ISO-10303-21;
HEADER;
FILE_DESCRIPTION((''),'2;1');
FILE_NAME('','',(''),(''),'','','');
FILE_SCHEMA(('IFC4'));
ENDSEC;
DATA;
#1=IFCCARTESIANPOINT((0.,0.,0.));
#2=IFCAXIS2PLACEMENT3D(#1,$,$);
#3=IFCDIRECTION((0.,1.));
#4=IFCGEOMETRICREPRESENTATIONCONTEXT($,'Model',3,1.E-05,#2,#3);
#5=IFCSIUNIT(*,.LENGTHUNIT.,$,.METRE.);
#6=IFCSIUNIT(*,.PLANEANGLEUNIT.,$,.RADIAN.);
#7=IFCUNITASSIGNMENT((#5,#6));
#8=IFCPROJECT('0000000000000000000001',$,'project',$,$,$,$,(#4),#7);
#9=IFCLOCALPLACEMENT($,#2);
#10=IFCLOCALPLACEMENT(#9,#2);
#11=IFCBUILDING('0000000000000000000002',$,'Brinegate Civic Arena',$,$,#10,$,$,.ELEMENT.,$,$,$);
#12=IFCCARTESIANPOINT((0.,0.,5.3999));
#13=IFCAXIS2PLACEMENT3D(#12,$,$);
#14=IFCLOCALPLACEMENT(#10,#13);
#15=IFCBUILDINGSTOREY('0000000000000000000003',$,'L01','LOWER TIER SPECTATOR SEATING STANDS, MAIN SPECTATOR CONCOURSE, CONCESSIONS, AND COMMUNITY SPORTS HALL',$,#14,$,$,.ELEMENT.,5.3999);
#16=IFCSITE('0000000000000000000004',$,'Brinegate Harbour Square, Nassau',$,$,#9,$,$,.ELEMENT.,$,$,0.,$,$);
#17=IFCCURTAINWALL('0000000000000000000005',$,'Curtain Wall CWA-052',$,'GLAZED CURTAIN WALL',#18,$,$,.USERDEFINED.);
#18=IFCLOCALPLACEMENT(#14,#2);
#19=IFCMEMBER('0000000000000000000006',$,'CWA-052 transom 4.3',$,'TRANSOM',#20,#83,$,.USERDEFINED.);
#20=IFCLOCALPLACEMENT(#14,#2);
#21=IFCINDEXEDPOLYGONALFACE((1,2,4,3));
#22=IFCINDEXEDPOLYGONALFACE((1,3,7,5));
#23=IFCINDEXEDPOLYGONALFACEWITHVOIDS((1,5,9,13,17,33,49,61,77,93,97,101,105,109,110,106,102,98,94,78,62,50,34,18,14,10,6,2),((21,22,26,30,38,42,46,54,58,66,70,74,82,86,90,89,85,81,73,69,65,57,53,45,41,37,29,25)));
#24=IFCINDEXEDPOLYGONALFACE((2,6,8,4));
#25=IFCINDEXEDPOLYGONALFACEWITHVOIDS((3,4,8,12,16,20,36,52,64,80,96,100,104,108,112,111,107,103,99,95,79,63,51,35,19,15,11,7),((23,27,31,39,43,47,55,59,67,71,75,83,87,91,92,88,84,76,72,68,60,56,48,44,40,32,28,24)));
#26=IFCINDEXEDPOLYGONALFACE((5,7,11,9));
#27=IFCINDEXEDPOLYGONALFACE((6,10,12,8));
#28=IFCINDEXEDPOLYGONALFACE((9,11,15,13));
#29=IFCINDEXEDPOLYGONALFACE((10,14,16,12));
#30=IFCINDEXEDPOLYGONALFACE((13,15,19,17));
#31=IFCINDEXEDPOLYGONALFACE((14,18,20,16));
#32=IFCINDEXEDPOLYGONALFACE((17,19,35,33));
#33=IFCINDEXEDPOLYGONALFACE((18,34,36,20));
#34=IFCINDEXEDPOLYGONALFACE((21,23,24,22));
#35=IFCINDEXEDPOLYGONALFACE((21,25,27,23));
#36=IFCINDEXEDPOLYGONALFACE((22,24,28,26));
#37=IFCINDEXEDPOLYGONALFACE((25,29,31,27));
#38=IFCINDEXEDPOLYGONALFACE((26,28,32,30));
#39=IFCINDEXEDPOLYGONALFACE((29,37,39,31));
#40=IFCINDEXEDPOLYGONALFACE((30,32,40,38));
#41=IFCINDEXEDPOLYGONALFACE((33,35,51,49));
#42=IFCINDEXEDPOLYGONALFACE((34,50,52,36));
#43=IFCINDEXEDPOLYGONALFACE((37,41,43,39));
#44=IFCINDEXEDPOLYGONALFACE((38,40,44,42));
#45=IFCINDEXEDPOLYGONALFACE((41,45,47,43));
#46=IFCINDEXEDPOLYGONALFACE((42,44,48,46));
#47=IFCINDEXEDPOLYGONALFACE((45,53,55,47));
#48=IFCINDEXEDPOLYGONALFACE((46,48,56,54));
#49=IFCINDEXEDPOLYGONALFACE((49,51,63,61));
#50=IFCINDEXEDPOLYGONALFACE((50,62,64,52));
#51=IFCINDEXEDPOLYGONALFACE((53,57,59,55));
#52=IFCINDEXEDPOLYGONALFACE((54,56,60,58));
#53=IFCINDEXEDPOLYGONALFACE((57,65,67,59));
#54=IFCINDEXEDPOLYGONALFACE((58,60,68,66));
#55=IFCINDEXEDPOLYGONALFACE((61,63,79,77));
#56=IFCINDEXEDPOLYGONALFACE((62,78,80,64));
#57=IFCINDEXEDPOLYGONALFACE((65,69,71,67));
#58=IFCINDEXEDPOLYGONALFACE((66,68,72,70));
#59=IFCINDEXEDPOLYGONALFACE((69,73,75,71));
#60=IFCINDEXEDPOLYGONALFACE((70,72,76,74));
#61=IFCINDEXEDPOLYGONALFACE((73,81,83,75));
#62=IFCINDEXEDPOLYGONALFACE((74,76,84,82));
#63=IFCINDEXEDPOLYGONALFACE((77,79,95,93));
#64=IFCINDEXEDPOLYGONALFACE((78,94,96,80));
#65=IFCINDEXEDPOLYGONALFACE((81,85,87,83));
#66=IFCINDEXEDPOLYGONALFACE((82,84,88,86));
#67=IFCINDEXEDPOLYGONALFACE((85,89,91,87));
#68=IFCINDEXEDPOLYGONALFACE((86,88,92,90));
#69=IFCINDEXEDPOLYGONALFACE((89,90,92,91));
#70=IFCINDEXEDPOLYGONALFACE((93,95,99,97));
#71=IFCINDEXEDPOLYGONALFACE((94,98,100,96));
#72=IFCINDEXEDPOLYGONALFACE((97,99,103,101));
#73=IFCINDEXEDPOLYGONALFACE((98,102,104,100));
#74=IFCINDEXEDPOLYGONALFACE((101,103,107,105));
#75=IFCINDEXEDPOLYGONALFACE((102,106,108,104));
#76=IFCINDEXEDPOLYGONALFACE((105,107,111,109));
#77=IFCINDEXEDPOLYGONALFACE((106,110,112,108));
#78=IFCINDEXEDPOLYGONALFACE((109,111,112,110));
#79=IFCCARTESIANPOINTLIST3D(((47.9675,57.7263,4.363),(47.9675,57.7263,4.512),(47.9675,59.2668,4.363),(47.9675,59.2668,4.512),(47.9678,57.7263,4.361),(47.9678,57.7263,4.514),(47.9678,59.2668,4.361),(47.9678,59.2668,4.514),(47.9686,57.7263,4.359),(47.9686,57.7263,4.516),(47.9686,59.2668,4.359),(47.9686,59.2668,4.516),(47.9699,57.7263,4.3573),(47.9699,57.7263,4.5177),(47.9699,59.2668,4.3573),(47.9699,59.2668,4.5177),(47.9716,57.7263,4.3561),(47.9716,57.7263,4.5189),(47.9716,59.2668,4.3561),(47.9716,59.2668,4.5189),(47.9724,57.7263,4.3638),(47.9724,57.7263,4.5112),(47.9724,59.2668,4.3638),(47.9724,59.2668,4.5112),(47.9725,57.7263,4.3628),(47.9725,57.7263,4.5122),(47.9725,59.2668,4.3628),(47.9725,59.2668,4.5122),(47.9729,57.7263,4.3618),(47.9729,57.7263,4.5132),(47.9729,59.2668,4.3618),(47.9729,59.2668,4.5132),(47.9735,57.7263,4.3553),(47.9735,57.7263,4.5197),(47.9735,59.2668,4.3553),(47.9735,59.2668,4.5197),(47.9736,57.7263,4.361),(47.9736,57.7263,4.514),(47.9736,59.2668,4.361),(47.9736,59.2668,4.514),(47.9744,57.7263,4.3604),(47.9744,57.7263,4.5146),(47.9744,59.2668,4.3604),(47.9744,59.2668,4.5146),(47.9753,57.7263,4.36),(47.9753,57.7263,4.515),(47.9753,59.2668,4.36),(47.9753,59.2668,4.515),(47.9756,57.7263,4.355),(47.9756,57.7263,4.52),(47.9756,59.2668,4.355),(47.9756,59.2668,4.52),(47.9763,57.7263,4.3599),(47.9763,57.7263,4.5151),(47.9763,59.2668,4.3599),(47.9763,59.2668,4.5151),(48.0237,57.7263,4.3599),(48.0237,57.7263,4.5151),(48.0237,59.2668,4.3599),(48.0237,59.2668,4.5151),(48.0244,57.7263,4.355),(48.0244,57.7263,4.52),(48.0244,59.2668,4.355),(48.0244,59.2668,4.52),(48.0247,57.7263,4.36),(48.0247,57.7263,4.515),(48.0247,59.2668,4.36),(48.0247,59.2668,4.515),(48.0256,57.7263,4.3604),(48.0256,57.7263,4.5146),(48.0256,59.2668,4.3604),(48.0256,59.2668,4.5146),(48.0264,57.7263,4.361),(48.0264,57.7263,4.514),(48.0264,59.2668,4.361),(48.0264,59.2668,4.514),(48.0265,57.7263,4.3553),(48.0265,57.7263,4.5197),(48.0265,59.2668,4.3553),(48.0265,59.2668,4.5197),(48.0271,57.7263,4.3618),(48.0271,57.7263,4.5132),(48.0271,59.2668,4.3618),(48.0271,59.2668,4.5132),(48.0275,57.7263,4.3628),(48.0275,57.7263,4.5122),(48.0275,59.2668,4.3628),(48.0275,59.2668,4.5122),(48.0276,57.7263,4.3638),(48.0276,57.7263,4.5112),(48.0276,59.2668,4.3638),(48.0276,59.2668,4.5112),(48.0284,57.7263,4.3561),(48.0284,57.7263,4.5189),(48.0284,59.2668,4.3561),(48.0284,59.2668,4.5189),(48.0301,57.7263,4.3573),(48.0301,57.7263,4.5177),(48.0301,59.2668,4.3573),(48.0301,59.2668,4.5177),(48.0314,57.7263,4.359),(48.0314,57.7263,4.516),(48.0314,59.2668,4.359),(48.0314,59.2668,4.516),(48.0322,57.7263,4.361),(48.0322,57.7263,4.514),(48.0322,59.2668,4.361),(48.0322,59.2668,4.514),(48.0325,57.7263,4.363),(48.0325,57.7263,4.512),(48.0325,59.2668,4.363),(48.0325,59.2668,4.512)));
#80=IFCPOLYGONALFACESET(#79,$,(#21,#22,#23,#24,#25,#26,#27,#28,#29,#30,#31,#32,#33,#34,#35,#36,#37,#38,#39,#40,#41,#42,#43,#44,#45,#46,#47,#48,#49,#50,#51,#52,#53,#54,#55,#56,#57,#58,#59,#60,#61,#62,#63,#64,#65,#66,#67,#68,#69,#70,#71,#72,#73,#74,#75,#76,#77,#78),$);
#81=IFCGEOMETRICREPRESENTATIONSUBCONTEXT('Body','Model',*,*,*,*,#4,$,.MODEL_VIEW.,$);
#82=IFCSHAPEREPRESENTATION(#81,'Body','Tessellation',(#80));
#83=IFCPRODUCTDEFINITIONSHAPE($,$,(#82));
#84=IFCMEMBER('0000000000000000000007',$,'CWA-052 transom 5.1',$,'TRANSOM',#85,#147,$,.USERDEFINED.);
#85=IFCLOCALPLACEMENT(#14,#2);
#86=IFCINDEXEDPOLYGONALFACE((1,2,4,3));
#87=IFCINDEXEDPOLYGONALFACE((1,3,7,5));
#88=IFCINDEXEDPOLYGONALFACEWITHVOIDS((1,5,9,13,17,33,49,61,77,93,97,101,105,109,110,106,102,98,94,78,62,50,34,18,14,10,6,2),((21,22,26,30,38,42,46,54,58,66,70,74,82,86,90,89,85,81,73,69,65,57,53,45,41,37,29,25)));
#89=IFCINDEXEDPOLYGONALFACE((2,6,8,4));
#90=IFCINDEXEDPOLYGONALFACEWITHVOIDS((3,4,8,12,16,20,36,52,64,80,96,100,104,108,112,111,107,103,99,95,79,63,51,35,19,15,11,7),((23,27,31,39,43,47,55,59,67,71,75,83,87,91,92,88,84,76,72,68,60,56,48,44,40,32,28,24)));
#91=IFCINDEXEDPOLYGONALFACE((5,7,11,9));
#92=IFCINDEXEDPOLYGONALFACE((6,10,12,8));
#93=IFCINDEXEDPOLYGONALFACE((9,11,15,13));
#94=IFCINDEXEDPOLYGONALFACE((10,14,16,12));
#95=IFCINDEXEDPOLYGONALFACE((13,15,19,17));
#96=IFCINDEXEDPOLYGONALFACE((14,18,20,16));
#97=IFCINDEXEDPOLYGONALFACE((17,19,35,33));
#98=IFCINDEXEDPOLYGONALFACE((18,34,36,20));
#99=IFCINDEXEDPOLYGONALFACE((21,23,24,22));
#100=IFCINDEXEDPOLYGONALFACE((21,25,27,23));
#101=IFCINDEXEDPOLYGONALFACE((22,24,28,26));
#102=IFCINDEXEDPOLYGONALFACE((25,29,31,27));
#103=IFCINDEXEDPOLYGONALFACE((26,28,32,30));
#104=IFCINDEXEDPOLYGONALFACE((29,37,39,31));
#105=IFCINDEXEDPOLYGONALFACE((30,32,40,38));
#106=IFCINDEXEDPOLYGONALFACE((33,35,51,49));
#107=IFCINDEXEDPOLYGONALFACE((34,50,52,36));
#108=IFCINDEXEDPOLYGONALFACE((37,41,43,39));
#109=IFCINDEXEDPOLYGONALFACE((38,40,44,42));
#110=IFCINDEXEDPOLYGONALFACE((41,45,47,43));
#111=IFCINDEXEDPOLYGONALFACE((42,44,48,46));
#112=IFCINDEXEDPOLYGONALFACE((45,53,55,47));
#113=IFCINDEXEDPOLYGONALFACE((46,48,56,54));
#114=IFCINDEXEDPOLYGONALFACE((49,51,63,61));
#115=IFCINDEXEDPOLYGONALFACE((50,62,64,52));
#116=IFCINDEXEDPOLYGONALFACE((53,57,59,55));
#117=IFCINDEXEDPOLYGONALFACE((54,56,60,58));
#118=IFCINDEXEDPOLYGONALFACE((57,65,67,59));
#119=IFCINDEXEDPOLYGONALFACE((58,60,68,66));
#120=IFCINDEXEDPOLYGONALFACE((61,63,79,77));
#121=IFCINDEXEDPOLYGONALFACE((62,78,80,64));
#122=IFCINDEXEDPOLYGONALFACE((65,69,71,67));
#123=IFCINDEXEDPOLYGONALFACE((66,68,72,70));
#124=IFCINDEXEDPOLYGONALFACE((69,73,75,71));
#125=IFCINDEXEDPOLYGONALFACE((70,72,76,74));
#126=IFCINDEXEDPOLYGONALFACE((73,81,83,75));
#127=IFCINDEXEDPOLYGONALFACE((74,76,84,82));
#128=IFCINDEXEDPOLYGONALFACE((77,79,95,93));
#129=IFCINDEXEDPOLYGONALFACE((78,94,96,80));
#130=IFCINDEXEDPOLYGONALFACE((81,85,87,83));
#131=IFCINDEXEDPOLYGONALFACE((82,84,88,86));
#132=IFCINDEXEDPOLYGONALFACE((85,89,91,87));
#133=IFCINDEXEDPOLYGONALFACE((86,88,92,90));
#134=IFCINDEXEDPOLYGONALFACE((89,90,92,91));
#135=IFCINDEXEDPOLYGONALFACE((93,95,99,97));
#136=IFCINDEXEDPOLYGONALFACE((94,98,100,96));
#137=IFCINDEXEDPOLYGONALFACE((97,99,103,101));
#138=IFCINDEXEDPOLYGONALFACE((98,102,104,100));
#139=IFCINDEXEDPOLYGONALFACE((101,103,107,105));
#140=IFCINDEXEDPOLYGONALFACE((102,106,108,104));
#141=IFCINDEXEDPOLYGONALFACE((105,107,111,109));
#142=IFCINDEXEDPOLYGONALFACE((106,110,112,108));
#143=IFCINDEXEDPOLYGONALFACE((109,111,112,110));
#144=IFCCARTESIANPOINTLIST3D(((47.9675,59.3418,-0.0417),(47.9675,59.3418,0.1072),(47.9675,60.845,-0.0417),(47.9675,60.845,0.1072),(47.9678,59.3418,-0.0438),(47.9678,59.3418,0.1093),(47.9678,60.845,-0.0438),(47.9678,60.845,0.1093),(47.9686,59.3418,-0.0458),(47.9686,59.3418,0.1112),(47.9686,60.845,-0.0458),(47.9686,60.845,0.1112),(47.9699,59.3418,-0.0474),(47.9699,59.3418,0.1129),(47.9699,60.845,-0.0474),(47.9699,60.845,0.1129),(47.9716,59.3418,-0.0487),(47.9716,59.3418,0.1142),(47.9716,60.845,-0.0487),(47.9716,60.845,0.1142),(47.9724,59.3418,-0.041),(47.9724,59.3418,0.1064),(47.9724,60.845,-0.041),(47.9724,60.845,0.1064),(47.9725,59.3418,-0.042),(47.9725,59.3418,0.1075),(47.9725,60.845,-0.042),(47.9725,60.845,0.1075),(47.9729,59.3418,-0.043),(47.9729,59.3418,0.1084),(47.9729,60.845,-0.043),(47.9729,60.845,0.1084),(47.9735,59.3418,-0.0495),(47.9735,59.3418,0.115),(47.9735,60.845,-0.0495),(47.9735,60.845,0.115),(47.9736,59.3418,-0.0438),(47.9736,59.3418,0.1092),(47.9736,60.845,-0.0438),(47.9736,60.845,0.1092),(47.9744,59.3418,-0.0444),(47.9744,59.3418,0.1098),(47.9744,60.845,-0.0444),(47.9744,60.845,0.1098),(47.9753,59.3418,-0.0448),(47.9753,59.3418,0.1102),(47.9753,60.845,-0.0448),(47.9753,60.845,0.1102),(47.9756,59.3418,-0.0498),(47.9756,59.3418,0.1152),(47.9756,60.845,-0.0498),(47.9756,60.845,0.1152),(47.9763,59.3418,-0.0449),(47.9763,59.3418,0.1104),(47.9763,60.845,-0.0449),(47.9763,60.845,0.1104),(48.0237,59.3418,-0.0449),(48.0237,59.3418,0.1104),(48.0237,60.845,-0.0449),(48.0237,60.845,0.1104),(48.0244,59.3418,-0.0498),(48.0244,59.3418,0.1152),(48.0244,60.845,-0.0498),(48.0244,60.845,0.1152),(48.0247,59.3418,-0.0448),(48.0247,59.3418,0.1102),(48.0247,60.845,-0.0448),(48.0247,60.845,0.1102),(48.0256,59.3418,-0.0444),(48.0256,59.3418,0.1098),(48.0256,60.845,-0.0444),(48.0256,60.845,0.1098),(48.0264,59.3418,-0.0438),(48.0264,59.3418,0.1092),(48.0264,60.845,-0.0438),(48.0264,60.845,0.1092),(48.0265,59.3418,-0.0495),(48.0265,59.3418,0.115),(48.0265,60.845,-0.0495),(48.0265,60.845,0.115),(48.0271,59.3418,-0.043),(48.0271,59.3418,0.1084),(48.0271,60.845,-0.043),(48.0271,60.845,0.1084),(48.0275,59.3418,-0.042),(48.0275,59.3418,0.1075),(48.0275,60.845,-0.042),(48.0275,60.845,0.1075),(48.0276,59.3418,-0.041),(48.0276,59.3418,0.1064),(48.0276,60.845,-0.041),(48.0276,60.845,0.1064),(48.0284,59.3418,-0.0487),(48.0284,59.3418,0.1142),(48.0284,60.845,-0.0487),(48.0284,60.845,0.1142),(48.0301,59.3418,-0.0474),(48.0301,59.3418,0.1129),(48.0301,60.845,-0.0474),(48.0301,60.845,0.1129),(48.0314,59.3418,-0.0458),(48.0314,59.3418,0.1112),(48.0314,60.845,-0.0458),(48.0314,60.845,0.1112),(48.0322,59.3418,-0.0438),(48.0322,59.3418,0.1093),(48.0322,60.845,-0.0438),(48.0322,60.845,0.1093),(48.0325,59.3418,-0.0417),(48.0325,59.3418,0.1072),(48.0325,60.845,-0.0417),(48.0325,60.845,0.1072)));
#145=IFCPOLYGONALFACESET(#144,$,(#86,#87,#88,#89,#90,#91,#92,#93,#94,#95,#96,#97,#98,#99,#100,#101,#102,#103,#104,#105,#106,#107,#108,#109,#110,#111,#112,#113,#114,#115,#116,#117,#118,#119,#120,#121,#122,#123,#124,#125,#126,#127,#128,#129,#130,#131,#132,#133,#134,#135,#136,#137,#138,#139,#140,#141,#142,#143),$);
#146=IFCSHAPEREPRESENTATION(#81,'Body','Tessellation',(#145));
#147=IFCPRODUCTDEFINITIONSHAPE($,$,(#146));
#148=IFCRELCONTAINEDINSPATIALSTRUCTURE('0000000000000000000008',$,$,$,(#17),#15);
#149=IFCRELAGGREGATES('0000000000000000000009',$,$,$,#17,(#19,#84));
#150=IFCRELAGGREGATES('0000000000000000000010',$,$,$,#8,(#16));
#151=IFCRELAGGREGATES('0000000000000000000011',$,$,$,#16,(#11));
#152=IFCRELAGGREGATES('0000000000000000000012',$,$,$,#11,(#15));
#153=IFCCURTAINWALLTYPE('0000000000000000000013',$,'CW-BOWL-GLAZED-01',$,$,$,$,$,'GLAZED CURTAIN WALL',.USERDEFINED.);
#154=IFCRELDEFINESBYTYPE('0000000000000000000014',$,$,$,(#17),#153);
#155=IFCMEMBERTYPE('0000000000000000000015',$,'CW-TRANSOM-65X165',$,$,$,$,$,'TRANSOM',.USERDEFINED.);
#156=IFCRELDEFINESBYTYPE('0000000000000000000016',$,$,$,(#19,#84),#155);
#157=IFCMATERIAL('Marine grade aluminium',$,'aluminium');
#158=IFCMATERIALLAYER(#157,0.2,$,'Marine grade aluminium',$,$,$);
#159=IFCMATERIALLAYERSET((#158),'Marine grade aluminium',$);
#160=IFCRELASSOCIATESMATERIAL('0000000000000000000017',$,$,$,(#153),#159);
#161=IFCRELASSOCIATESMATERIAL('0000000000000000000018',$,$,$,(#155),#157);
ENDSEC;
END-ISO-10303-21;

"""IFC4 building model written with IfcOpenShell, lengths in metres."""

from ifc_helpers import new_model, si_unit, direction, frame, origin, origin_2d, place, context, subcontext, project, spatial, hollow_rectangle, extrude, material, layer, layer_set, material_profile, profile_set, type_object, element, aggregate, save


model = new_model("IFC4")

# Units and contexts
model_context = context("Model", 3, precision=1e-05, world=origin(), true_north=direction((0.0, 1.0)))
body_context = subcontext(model_context, "Body", "Model", "MODEL_VIEW")
ifc_project = project(units=[si_unit("LENGTHUNIT", "METRE"), si_unit("PLANEANGLEUNIT", "RADIAN")], contexts=[model_context])

# Site, building, storey
site_placement = place(None, origin())
site = spatial("IfcSite", under=ifc_project, at=site_placement, Name="Brinegate Harbour Square, Nassau", CompositionType="ELEMENT", RefElevation=0.0)
building_placement = place(site_placement, origin())
building = spatial("IfcBuilding", under=site, at=building_placement, Name="Brinegate Civic Arena", CompositionType="ELEMENT")
storey_placement = place(building_placement, frame((0.0, 0.0, 5.3999)))
storey = spatial("IfcBuildingStorey", under=building, at=storey_placement, Name="L01", Description="LOWER TIER SPECTATOR SEATING STANDS, MAIN SPECTATOR CONCOURSE, CONCESSIONS, AND COMMUNITY SPORTS HALL", CompositionType="ELEMENT", Elevation=5.3999)

# Curtain wall, members
ifc_material_1 = material(Name="Marine grade aluminium", Category="aluminium")
ifc_layer_1 = layer(ifc_material_1, 0.2, Name="Marine grade aluminium")
ifc_layer_set_1 = layer_set([ifc_layer_1], Name="Marine grade aluminium")
curtain_wall_type = type_object("IfcCurtainWallType", Name="CW-BOWL-GLAZED-01", ElementType="GLAZED CURTAIN WALL", PredefinedType="USERDEFINED", material=ifc_layer_set_1)
curtain_wall_placement = place(storey_placement, origin())
curtain_wall = element("IfcCurtainWall", 1, at=curtain_wall_placement, inside=storey, type_object=curtain_wall_type, Name="Curtain Wall CWA-052", ObjectType="GLAZED CURTAIN WALL", PredefinedType="USERDEFINED")
ifc_material_profile_1 = material_profile(ifc_material_1, hollow_rectangle(XDim=0.0649, YDim=0.165, WallThickness=0.0049, InnerFilletRadius=0.0039, OuterFilletRadius=0.0081, at=origin_2d()), Name="TRN65X165")
ifc_profile_set_1 = profile_set([ifc_material_profile_1], Name="Marine grade aluminium")
member_type_1 = type_object("IfcMemberType", Name="CW-TRANSOM-65X165", ElementType="TRANSOM", PredefinedType="USERDEFINED", material=ifc_profile_set_1)
member_1_placement = place(storey_placement, frame((48.0, 57.7263, 4.4375), z_axis=(0.0, 1.0, 0.0), x_axis=(-1.0, 0.0, 0.0)))
member_1 = element("IfcMember", 2, at=member_1_placement, type_object=member_type_1, Name="CWA-052 transom 4.3", ObjectType="TRANSOM", PredefinedType="USERDEFINED", context=body_context, shape_type="SweptSolid", body=[
    extrude(hollow_rectangle(XDim=0.0649, YDim=0.165, WallThickness=0.0049, InnerFilletRadius=0.0039, OuterFilletRadius=0.0081, at=origin_2d()), origin(), (0.0, 0.0, 1.0), 1.5405),
])
member_2_placement = place(storey_placement, frame((48.0, 59.3418, 0.0327), z_axis=(0.0, 1.0, 0.0), x_axis=(-1.0, 0.0, 0.0)))
member_2 = element("IfcMember", 3, at=member_2_placement, type_object=member_type_1, Name="CWA-052 transom 5.1", ObjectType="TRANSOM", PredefinedType="USERDEFINED", context=body_context, shape_type="SweptSolid", body=[
    extrude(hollow_rectangle(XDim=0.0649, YDim=0.165, WallThickness=0.0049, InnerFilletRadius=0.0039, OuterFilletRadius=0.0081, at=origin_2d()), origin(), (0.0, 0.0, 1.0), 1.5032),
])
aggregate(curtain_wall, [member_1, member_2])

save(model, "model.ifc")
